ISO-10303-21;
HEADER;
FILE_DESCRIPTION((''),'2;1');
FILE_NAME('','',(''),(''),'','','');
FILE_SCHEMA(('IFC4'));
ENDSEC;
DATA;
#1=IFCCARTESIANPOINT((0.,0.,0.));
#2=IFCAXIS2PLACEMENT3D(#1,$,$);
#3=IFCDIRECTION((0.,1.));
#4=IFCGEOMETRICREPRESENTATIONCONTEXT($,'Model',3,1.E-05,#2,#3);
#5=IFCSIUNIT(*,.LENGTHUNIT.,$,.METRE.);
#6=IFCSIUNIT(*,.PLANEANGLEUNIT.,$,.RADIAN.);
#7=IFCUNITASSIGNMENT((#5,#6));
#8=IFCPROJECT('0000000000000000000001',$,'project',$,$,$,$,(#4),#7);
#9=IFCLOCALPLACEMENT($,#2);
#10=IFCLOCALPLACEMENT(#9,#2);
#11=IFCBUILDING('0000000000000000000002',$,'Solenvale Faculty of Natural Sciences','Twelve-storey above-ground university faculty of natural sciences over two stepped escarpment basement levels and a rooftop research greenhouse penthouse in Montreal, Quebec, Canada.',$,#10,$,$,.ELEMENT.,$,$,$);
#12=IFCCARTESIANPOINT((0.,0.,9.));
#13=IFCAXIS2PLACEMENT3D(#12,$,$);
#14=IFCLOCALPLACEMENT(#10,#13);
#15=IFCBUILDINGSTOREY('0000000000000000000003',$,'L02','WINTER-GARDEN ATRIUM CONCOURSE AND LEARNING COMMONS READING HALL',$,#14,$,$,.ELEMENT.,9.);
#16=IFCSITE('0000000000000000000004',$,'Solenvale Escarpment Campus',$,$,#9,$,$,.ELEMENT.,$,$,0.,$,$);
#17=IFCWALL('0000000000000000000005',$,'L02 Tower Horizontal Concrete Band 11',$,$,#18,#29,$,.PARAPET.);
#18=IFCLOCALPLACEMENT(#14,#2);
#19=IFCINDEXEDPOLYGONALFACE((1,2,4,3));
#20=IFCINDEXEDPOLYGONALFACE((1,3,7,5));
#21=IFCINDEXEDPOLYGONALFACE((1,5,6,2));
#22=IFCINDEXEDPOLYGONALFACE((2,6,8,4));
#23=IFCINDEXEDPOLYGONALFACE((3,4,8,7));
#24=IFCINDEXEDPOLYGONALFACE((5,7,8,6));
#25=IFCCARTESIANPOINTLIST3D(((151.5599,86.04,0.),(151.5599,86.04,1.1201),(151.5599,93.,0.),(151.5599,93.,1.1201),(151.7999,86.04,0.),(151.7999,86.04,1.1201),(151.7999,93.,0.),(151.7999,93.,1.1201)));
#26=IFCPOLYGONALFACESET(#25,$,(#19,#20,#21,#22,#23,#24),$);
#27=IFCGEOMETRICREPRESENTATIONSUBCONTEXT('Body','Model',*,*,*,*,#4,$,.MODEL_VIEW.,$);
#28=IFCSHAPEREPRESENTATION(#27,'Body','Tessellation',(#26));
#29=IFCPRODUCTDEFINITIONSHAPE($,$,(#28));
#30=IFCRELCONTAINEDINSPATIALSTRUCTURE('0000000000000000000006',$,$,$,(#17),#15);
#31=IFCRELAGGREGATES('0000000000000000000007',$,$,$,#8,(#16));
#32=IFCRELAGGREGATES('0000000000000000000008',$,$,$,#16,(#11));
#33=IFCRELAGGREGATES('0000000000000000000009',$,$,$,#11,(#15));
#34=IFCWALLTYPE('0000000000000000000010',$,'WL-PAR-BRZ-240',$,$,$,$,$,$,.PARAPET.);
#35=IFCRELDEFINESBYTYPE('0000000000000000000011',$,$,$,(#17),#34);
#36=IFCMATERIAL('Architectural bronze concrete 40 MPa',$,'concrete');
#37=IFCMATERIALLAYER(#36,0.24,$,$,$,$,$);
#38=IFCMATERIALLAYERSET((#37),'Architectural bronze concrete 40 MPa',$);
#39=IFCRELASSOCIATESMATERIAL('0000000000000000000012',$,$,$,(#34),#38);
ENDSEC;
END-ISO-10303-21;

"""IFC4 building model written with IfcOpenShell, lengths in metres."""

from ifc_helpers import new_model, si_unit, direction, frame, frame_2d, origin, place, context, subcontext, project, spatial, rectangle, extrude, material, layer, layer_set, type_object, element, save


model = new_model("IFC4")

# Units and contexts
model_context = context("Model", 3, precision=1e-05, world=origin(), true_north=direction((0.0, 1.0)))
body_context = subcontext(model_context, "Body", "Model", "MODEL_VIEW")
ifc_project = project(units=[si_unit("LENGTHUNIT", "METRE"), si_unit("PLANEANGLEUNIT", "RADIAN")], contexts=[model_context])

# Site, building, storey
site_placement = place(None, origin())
site = spatial("IfcSite", under=ifc_project, at=site_placement, Name="Solenvale Escarpment Campus", CompositionType="ELEMENT", RefElevation=0.0)
building_placement = place(site_placement, origin())
building = spatial("IfcBuilding", under=site, at=building_placement, Name="Solenvale Faculty of Natural Sciences", Description="Twelve-storey above-ground university faculty of natural sciences over two stepped escarpment basement levels and a rooftop research greenhouse penthouse in Montreal, Quebec, Canada.", CompositionType="ELEMENT")
storey_placement = place(building_placement, frame((0.0, 0.0, 9.0)))
storey = spatial("IfcBuildingStorey", under=building, at=storey_placement, Name="L02", Description="WINTER-GARDEN ATRIUM CONCOURSE AND LEARNING COMMONS READING HALL", CompositionType="ELEMENT", Elevation=9.0)

# Wall
ifc_material_1 = material(Name="Architectural bronze concrete 40 MPa", Category="concrete")
ifc_layer_1 = layer(ifc_material_1, 0.24)
ifc_layer_set_1 = layer_set([ifc_layer_1], Name="Architectural bronze concrete 40 MPa")
wall_type_1 = type_object("IfcWallType", Name="WL-PAR-BRZ-240", PredefinedType="PARAPET", material=ifc_layer_set_1)
wall_1_placement = place(storey_placement, frame((151.6799, 93.0, 0.0), z_axis=(0.0, 0.0, 1.0), x_axis=(0.0, -1.0, 0.0)))
element("IfcWall", 1, at=wall_1_placement, inside=storey, type_object=wall_type_1, Name="L02 Tower Horizontal Concrete Band 11", PredefinedType="PARAPET", context=body_context, shape_type="SweptSolid", body=[
    extrude(rectangle(XDim=6.96, YDim=0.24, at=frame_2d((3.48, 0.0))), origin(), (0.0, 0.0, 1.0), 1.1201),
])

save(model, "model.ifc")
